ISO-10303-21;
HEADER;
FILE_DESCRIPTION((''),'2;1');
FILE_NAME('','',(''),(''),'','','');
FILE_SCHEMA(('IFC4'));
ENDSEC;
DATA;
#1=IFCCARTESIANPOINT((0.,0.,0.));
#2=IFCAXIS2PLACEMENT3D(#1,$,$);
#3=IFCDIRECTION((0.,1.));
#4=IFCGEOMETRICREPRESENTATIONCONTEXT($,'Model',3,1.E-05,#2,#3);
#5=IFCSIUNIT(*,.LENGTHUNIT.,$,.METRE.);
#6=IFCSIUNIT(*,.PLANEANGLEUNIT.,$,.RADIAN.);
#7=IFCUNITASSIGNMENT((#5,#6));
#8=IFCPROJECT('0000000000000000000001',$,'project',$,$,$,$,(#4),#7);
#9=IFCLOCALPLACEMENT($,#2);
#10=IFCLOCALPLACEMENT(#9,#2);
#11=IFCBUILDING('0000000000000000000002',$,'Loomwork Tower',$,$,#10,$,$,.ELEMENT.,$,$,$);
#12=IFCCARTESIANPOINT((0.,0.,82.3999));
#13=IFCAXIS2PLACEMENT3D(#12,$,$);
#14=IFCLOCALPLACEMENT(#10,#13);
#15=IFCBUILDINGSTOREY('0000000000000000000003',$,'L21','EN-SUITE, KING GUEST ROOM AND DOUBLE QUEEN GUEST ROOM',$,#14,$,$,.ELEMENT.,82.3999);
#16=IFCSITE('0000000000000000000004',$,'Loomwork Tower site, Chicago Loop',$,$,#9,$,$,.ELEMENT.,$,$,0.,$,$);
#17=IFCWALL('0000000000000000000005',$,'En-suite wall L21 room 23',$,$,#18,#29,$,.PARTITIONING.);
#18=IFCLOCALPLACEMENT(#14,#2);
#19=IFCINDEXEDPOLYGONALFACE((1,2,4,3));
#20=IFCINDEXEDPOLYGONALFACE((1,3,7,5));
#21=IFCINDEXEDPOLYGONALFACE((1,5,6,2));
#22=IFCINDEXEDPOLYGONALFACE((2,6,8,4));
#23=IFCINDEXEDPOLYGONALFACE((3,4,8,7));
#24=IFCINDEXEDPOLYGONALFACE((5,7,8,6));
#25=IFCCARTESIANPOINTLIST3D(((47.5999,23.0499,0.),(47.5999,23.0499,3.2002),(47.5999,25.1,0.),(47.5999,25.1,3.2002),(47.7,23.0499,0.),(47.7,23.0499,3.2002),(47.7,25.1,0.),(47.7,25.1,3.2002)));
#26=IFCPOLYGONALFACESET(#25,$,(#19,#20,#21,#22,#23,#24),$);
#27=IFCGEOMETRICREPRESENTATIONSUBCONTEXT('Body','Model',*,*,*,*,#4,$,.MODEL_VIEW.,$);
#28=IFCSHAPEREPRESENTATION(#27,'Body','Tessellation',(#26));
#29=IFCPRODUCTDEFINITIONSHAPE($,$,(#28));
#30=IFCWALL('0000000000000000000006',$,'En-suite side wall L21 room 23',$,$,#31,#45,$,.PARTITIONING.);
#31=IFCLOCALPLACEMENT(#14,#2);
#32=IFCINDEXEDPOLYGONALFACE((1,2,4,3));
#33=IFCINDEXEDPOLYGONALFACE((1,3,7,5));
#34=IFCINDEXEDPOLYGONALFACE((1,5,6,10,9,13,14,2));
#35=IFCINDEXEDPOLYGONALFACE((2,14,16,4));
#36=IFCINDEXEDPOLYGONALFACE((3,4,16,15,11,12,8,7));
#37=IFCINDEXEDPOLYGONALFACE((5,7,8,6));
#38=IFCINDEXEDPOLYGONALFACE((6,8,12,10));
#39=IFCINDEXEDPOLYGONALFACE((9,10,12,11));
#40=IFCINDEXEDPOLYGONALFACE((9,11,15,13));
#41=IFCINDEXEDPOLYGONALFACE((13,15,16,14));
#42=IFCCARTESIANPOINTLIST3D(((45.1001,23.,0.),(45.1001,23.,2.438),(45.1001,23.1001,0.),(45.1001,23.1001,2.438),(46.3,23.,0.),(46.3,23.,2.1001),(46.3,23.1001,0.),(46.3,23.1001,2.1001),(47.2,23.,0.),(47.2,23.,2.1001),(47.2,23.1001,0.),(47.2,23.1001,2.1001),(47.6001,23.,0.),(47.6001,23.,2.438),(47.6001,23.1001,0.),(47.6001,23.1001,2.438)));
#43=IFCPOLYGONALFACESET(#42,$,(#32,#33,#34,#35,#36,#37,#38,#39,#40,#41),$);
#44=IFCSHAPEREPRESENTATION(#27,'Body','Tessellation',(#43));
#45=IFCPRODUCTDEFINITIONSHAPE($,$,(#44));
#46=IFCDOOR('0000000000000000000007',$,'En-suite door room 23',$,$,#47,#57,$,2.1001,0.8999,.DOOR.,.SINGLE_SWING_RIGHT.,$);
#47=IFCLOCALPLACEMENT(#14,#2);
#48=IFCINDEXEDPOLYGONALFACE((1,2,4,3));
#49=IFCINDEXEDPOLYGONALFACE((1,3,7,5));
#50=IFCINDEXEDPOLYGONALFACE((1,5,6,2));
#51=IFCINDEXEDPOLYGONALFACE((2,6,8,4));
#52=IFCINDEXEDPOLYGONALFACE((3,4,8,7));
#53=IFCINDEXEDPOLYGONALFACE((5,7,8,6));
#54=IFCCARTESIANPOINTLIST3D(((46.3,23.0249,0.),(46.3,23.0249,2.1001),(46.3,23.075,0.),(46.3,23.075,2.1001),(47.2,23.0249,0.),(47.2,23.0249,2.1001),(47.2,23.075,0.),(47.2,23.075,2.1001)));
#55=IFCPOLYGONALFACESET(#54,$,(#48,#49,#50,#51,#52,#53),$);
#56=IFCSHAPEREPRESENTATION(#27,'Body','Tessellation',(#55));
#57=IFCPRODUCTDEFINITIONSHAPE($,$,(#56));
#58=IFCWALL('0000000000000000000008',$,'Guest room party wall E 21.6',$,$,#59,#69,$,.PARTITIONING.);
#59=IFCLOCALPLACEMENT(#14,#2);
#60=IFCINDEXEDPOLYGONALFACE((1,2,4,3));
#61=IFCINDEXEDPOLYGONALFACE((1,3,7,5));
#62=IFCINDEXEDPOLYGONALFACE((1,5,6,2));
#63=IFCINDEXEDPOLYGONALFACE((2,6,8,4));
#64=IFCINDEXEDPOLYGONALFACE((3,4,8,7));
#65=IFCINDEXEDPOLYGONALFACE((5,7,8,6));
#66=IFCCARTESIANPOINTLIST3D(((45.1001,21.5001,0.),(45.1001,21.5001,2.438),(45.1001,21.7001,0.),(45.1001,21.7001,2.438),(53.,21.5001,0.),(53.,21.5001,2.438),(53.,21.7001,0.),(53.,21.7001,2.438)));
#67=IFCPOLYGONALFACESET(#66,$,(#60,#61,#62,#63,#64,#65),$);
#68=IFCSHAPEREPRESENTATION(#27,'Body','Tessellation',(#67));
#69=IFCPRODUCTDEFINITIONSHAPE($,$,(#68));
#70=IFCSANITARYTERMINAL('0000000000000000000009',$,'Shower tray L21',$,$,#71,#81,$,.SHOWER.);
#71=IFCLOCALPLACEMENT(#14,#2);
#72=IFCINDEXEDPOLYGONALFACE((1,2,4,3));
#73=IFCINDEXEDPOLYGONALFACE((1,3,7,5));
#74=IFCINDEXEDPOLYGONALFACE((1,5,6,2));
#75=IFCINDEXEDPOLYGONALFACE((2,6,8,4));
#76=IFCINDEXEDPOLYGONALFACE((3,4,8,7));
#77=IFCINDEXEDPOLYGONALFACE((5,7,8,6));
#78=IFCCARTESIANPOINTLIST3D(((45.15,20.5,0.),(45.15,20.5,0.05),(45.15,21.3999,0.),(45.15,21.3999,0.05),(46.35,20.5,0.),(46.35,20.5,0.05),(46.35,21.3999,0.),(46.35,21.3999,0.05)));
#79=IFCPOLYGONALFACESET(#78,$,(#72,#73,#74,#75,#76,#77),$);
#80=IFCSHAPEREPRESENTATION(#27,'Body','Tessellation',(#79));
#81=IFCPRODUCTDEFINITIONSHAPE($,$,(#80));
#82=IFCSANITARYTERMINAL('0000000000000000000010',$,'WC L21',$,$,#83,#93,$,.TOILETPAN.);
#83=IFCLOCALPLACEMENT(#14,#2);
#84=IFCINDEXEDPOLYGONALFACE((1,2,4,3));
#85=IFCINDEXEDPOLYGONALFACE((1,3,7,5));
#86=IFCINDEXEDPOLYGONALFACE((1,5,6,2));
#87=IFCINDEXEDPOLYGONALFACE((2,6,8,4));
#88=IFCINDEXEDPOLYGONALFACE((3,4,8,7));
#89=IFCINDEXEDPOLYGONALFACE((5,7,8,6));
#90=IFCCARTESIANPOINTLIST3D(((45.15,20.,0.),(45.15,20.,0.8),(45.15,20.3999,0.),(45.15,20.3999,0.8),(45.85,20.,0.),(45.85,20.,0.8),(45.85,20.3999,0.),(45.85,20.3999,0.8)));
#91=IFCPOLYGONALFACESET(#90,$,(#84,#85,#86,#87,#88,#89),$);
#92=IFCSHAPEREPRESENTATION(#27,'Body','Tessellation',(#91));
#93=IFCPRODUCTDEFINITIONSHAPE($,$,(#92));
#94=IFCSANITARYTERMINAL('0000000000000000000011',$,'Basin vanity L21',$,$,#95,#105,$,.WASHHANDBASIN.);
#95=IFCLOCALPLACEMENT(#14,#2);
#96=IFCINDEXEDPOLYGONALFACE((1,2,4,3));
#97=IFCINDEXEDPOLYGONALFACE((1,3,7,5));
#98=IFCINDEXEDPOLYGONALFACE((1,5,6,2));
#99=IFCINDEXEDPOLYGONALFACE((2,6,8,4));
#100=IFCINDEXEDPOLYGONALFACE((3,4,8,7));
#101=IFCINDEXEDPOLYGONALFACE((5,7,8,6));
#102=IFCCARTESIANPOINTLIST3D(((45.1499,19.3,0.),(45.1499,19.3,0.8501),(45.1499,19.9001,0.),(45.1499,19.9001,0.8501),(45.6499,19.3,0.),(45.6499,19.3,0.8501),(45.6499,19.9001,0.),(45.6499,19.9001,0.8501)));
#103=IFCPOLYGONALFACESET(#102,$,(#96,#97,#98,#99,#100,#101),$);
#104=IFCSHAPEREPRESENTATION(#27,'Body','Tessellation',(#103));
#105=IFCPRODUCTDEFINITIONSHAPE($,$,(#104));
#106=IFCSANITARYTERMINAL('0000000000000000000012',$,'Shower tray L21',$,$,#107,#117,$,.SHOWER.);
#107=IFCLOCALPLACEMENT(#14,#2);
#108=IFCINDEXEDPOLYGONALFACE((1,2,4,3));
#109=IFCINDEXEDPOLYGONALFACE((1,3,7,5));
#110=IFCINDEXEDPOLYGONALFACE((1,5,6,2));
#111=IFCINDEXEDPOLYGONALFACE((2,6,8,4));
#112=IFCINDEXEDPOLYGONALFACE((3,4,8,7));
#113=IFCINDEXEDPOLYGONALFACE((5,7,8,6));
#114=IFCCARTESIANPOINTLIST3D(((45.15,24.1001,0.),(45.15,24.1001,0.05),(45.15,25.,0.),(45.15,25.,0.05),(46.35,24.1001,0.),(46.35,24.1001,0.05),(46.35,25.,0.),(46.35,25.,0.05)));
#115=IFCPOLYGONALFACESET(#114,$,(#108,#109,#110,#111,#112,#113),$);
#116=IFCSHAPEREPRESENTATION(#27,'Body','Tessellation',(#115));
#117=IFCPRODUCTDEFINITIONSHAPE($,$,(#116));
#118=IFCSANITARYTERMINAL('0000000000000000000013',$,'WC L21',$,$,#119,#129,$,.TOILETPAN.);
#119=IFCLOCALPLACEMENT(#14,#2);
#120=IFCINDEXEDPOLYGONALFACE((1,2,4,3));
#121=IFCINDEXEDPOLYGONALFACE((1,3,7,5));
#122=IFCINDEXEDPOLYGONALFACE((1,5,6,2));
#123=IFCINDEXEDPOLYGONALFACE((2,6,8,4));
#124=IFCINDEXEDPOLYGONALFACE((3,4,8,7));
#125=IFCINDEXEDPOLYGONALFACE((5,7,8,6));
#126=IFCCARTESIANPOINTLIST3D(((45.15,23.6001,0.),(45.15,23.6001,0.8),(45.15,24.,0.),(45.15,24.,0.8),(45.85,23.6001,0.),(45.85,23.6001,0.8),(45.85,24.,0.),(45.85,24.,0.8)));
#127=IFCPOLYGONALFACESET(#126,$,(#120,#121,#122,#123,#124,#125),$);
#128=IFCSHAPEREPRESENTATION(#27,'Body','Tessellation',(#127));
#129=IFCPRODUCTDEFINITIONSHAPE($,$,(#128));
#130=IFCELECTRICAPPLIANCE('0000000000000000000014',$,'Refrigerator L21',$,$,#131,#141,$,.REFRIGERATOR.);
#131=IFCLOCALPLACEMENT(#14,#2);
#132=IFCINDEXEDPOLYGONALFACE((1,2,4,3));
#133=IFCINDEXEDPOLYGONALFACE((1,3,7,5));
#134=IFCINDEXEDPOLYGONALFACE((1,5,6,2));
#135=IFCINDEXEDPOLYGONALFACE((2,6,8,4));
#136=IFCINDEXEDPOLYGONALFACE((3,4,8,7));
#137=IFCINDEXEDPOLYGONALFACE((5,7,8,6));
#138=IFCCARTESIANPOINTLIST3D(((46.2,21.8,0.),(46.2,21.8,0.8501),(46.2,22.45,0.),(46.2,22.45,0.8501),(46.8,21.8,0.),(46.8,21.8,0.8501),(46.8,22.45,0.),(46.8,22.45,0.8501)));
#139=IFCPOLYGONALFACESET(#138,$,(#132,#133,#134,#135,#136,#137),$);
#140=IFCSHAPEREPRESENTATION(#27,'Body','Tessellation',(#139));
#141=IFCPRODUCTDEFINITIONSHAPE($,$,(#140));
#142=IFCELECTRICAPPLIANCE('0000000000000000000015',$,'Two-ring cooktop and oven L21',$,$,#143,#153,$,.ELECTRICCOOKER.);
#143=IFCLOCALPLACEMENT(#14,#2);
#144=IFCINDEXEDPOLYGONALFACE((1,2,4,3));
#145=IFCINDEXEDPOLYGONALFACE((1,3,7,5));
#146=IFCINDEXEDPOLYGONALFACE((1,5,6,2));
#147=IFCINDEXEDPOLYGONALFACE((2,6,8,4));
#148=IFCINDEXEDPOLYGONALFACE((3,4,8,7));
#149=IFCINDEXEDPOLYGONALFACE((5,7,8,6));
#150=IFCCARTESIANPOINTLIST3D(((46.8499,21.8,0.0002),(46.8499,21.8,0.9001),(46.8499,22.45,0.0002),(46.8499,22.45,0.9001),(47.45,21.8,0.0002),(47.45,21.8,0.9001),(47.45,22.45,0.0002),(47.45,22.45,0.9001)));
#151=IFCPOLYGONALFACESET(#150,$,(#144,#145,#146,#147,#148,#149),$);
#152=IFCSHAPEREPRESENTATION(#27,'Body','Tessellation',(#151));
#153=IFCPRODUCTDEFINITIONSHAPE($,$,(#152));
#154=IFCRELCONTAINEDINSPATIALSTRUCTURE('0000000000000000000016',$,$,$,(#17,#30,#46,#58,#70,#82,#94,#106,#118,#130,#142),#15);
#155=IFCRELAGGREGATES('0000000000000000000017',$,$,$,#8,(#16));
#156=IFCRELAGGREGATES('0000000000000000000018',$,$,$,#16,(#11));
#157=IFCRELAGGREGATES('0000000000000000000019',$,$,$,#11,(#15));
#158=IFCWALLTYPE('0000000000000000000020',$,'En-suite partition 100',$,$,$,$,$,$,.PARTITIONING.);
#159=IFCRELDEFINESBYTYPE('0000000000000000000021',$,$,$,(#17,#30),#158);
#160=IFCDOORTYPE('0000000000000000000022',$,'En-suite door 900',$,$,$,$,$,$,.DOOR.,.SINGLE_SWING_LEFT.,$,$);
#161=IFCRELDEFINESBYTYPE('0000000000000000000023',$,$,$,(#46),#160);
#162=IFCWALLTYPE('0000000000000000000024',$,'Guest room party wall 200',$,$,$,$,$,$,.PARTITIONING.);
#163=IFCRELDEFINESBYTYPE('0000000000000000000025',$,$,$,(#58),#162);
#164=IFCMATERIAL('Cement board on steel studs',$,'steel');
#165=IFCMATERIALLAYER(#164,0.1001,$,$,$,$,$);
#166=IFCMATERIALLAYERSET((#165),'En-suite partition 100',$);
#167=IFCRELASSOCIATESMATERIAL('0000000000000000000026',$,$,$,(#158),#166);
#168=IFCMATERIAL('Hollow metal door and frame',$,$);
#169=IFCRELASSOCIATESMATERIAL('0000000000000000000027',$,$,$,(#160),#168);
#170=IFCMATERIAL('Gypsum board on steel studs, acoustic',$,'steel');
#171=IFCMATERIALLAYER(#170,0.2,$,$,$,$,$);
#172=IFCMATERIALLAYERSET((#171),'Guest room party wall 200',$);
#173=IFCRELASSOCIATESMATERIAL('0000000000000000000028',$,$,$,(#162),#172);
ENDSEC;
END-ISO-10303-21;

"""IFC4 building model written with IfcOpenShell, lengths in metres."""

from ifc_helpers import new_model, si_unit, direction, frame, frame_2d, origin, origin_2d, place, context, subcontext, project, spatial, rectangle, extrude, material, layer, layer_set, type_object, element, fill, save


model = new_model("IFC4")

# Units and contexts
model_context = context("Model", 3, precision=1e-05, world=origin(), true_north=direction((0.0, 1.0)))
body_context = subcontext(model_context, "Body", "Model", "MODEL_VIEW")
ifc_project = project(units=[si_unit("LENGTHUNIT", "METRE"), si_unit("PLANEANGLEUNIT", "RADIAN")], contexts=[model_context])

# Site, building, storey
site_placement = place(None, origin())
site = spatial("IfcSite", under=ifc_project, at=site_placement, Name="Loomwork Tower site, Chicago Loop", CompositionType="ELEMENT", RefElevation=0.0)
building_placement = place(site_placement, origin())
building = spatial("IfcBuilding", under=site, at=building_placement, Name="Loomwork Tower", CompositionType="ELEMENT")
storey_placement = place(building_placement, frame((0.0, 0.0, 82.3999)))
storey = spatial("IfcBuildingStorey", under=building, at=storey_placement, Name="L21", Description="EN-SUITE, KING GUEST ROOM AND DOUBLE QUEEN GUEST ROOM", CompositionType="ELEMENT", Elevation=82.3999)

# Shared definitions
ifc_material_1 = material(Name="Cement board on steel studs", Category="steel")
ifc_layer_1 = layer(ifc_material_1, 0.1001)
ifc_layer_set_1 = layer_set([ifc_layer_1], Name="En-suite partition 100")
wall_type_1 = type_object("IfcWallType", Name="En-suite partition 100", PredefinedType="PARTITIONING", material=ifc_layer_set_1)

# Shared definitions
ifc_material_2 = material(Name="Hollow metal door and frame")
door_type_1 = type_object("IfcDoorType", Name="En-suite door 900", OperationType="SINGLE_SWING_LEFT", PredefinedType="DOOR", material=ifc_material_2)

# Wall
wall_1_placement = place(storey_placement, frame((47.6499, 23.05, 0.0), z_axis=(0.0, 0.0, 1.0), x_axis=(0.0, 1.0, 0.0)))
element("IfcWall", 1, at=wall_1_placement, inside=storey, type_object=wall_type_1, Name="En-suite wall L21 room 23", PredefinedType="PARTITIONING", context=body_context, shape_type="SweptSolid", body=[
    extrude(rectangle(XDim=2.05, YDim=0.1001, at=frame_2d((1.0249, 0.0))), origin(), (0.0, 0.0, 1.0), 3.2002),
])

# Wall, opening, door
wall_2_placement = place(storey_placement, frame((45.1001, 23.05, 0.0), z_axis=(0.0, 0.0, 1.0), x_axis=(1.0, 0.0, 0.0)))
wall_2 = element("IfcWall", 2, at=wall_2_placement, inside=storey, type_object=wall_type_1, Name="En-suite side wall L21 room 23", PredefinedType="PARTITIONING", context=body_context, shape_type="SweptSolid", body=[
    extrude(rectangle(XDim=2.5, YDim=0.1001, at=frame_2d((1.25, 0.0))), origin(), (0.0, 0.0, 1.0), 2.438),
])
opening_1_placement = place(wall_2_placement, frame((1.2, 0.0, 0.0)))
opening_1 = element("IfcOpeningElement", 3, at=opening_1_placement, cuts=wall_2, PredefinedType="OPENING", context=body_context, shape_type="SweptSolid", body=[
    extrude(rectangle(XDim=0.8999, YDim=2.1001, at=frame_2d((0.45, 1.05))), frame((0.0, 0.0601, 0.0), z_axis=(0.0, -1.0, 0.0), x_axis=(1.0, 0.0, 0.0)), (0.0, 0.0, 1.0), 0.1201),
])
door_1_placement = place(opening_1_placement, origin())
door_1 = element("IfcDoor", 4, at=door_1_placement, inside=storey, type_object=door_type_1, Name="En-suite door room 23", OperationType="SINGLE_SWING_RIGHT", OverallHeight=2.1001, OverallWidth=0.8999, PredefinedType="DOOR", context=body_context, shape_type="SweptSolid", body=[
    extrude(rectangle(XDim=0.8999, YDim=2.1001, at=frame_2d((0.45, 1.05))), frame((0.0, 0.0249, 0.0), z_axis=(0.0, -1.0, 0.0), x_axis=(1.0, 0.0, 0.0)), (0.0, 0.0, 1.0), 0.05),
])
fill(opening_1, door_1)

# Wall
ifc_material_3 = material(Name="Gypsum board on steel studs, acoustic", Category="steel")
ifc_layer_2 = layer(ifc_material_3, 0.2)
ifc_layer_set_2 = layer_set([ifc_layer_2], Name="Guest room party wall 200")
wall_type_2 = type_object("IfcWallType", Name="Guest room party wall 200", PredefinedType="PARTITIONING", material=ifc_layer_set_2)
wall_3_placement = place(storey_placement, frame((45.1001, 21.6001, 0.0), z_axis=(0.0, 0.0, 1.0), x_axis=(1.0, 0.0, 0.0)))
element("IfcWall", 5, at=wall_3_placement, inside=storey, type_object=wall_type_2, Name="Guest room party wall E 21.6", PredefinedType="PARTITIONING", context=body_context, shape_type="SweptSolid", body=[
    extrude(rectangle(XDim=7.8999, YDim=0.2, at=frame_2d((3.95, 0.0))), origin(), (0.0, 0.0, 1.0), 2.438),
])

# Sanitary terminals
sanitary_terminal_1_placement = place(storey_placement, frame((45.75, 20.95, 0.0), z_axis=(0.0, 0.0, 1.0), x_axis=(1.0, 0.0, 0.0)))
element("IfcSanitaryTerminal", 6, at=sanitary_terminal_1_placement, inside=storey, Name="Shower tray L21", PredefinedType="SHOWER", context=body_context, shape_type="SweptSolid", body=[
    extrude(rectangle(XDim=1.2, YDim=0.8999, at=origin_2d()), origin(), (0.0, 0.0, 1.0), 0.05),
])
sanitary_terminal_2_placement = place(storey_placement, frame((45.5, 20.2, 0.0), z_axis=(0.0, 0.0, 1.0), x_axis=(1.0, 0.0, 0.0)))
element("IfcSanitaryTerminal", 7, at=sanitary_terminal_2_placement, inside=storey, Name="WC L21", PredefinedType="TOILETPAN", context=body_context, shape_type="SweptSolid", body=[
    extrude(rectangle(XDim=0.7, YDim=0.3999, at=origin_2d()), origin(), (0.0, 0.0, 1.0), 0.8),
])
sanitary_terminal_3_placement = place(storey_placement, frame((45.3999, 19.6001, 0.0), z_axis=(0.0, 0.0, 1.0), x_axis=(1.0, 0.0, 0.0)))
element("IfcSanitaryTerminal", 8, at=sanitary_terminal_3_placement, inside=storey, Name="Basin vanity L21", PredefinedType="WASHHANDBASIN", context=body_context, shape_type="SweptSolid", body=[
    extrude(rectangle(XDim=0.5, YDim=0.6001, at=origin_2d()), origin(), (0.0, 0.0, 1.0), 0.8501),
])
sanitary_terminal_4_placement = place(storey_placement, frame((45.75, 24.55, 0.0), z_axis=(0.0, 0.0, 1.0), x_axis=(1.0, 0.0, 0.0)))
element("IfcSanitaryTerminal", 9, at=sanitary_terminal_4_placement, inside=storey, Name="Shower tray L21", PredefinedType="SHOWER", context=body_context, shape_type="SweptSolid", body=[
    extrude(rectangle(XDim=1.2, YDim=0.8999, at=origin_2d()), origin(), (0.0, 0.0, 1.0), 0.05),
])
sanitary_terminal_5_placement = place(storey_placement, frame((45.5, 23.8, 0.0), z_axis=(0.0, 0.0, 1.0), x_axis=(1.0, 0.0, 0.0)))
element("IfcSanitaryTerminal", 10, at=sanitary_terminal_5_placement, inside=storey, Name="WC L21", PredefinedType="TOILETPAN", context=body_context, shape_type="SweptSolid", body=[
    extrude(rectangle(XDim=0.7, YDim=0.3999, at=origin_2d()), origin(), (0.0, 0.0, 1.0), 0.8),
])

# Electric appliances
electric_appliance_1_placement = place(storey_placement, frame((46.5, 22.125, 0.0), z_axis=(0.0, 0.0, 1.0), x_axis=(1.0, 0.0, 0.0)))
element("IfcElectricAppliance", 11, at=electric_appliance_1_placement, inside=storey, Name="Refrigerator L21", PredefinedType="REFRIGERATOR", context=body_context, shape_type="SweptSolid", body=[
    extrude(rectangle(XDim=0.6001, YDim=0.6499, at=origin_2d()), origin(), (0.0, 0.0, 1.0), 0.8501),
])
electric_appliance_2_placement = place(storey_placement, frame((47.1499, 22.125, 0.0002), z_axis=(0.0, 0.0, 1.0), x_axis=(1.0, 0.0, 0.0)))
element("IfcElectricAppliance", 12, at=electric_appliance_2_placement, inside=storey, Name="Two-ring cooktop and oven L21", PredefinedType="ELECTRICCOOKER", context=body_context, shape_type="SweptSolid", body=[
    extrude(rectangle(XDim=0.6001, YDim=0.6499, at=origin_2d()), origin(), (0.0, 0.0, 1.0), 0.8999),
])

save(model, "model.ifc")
